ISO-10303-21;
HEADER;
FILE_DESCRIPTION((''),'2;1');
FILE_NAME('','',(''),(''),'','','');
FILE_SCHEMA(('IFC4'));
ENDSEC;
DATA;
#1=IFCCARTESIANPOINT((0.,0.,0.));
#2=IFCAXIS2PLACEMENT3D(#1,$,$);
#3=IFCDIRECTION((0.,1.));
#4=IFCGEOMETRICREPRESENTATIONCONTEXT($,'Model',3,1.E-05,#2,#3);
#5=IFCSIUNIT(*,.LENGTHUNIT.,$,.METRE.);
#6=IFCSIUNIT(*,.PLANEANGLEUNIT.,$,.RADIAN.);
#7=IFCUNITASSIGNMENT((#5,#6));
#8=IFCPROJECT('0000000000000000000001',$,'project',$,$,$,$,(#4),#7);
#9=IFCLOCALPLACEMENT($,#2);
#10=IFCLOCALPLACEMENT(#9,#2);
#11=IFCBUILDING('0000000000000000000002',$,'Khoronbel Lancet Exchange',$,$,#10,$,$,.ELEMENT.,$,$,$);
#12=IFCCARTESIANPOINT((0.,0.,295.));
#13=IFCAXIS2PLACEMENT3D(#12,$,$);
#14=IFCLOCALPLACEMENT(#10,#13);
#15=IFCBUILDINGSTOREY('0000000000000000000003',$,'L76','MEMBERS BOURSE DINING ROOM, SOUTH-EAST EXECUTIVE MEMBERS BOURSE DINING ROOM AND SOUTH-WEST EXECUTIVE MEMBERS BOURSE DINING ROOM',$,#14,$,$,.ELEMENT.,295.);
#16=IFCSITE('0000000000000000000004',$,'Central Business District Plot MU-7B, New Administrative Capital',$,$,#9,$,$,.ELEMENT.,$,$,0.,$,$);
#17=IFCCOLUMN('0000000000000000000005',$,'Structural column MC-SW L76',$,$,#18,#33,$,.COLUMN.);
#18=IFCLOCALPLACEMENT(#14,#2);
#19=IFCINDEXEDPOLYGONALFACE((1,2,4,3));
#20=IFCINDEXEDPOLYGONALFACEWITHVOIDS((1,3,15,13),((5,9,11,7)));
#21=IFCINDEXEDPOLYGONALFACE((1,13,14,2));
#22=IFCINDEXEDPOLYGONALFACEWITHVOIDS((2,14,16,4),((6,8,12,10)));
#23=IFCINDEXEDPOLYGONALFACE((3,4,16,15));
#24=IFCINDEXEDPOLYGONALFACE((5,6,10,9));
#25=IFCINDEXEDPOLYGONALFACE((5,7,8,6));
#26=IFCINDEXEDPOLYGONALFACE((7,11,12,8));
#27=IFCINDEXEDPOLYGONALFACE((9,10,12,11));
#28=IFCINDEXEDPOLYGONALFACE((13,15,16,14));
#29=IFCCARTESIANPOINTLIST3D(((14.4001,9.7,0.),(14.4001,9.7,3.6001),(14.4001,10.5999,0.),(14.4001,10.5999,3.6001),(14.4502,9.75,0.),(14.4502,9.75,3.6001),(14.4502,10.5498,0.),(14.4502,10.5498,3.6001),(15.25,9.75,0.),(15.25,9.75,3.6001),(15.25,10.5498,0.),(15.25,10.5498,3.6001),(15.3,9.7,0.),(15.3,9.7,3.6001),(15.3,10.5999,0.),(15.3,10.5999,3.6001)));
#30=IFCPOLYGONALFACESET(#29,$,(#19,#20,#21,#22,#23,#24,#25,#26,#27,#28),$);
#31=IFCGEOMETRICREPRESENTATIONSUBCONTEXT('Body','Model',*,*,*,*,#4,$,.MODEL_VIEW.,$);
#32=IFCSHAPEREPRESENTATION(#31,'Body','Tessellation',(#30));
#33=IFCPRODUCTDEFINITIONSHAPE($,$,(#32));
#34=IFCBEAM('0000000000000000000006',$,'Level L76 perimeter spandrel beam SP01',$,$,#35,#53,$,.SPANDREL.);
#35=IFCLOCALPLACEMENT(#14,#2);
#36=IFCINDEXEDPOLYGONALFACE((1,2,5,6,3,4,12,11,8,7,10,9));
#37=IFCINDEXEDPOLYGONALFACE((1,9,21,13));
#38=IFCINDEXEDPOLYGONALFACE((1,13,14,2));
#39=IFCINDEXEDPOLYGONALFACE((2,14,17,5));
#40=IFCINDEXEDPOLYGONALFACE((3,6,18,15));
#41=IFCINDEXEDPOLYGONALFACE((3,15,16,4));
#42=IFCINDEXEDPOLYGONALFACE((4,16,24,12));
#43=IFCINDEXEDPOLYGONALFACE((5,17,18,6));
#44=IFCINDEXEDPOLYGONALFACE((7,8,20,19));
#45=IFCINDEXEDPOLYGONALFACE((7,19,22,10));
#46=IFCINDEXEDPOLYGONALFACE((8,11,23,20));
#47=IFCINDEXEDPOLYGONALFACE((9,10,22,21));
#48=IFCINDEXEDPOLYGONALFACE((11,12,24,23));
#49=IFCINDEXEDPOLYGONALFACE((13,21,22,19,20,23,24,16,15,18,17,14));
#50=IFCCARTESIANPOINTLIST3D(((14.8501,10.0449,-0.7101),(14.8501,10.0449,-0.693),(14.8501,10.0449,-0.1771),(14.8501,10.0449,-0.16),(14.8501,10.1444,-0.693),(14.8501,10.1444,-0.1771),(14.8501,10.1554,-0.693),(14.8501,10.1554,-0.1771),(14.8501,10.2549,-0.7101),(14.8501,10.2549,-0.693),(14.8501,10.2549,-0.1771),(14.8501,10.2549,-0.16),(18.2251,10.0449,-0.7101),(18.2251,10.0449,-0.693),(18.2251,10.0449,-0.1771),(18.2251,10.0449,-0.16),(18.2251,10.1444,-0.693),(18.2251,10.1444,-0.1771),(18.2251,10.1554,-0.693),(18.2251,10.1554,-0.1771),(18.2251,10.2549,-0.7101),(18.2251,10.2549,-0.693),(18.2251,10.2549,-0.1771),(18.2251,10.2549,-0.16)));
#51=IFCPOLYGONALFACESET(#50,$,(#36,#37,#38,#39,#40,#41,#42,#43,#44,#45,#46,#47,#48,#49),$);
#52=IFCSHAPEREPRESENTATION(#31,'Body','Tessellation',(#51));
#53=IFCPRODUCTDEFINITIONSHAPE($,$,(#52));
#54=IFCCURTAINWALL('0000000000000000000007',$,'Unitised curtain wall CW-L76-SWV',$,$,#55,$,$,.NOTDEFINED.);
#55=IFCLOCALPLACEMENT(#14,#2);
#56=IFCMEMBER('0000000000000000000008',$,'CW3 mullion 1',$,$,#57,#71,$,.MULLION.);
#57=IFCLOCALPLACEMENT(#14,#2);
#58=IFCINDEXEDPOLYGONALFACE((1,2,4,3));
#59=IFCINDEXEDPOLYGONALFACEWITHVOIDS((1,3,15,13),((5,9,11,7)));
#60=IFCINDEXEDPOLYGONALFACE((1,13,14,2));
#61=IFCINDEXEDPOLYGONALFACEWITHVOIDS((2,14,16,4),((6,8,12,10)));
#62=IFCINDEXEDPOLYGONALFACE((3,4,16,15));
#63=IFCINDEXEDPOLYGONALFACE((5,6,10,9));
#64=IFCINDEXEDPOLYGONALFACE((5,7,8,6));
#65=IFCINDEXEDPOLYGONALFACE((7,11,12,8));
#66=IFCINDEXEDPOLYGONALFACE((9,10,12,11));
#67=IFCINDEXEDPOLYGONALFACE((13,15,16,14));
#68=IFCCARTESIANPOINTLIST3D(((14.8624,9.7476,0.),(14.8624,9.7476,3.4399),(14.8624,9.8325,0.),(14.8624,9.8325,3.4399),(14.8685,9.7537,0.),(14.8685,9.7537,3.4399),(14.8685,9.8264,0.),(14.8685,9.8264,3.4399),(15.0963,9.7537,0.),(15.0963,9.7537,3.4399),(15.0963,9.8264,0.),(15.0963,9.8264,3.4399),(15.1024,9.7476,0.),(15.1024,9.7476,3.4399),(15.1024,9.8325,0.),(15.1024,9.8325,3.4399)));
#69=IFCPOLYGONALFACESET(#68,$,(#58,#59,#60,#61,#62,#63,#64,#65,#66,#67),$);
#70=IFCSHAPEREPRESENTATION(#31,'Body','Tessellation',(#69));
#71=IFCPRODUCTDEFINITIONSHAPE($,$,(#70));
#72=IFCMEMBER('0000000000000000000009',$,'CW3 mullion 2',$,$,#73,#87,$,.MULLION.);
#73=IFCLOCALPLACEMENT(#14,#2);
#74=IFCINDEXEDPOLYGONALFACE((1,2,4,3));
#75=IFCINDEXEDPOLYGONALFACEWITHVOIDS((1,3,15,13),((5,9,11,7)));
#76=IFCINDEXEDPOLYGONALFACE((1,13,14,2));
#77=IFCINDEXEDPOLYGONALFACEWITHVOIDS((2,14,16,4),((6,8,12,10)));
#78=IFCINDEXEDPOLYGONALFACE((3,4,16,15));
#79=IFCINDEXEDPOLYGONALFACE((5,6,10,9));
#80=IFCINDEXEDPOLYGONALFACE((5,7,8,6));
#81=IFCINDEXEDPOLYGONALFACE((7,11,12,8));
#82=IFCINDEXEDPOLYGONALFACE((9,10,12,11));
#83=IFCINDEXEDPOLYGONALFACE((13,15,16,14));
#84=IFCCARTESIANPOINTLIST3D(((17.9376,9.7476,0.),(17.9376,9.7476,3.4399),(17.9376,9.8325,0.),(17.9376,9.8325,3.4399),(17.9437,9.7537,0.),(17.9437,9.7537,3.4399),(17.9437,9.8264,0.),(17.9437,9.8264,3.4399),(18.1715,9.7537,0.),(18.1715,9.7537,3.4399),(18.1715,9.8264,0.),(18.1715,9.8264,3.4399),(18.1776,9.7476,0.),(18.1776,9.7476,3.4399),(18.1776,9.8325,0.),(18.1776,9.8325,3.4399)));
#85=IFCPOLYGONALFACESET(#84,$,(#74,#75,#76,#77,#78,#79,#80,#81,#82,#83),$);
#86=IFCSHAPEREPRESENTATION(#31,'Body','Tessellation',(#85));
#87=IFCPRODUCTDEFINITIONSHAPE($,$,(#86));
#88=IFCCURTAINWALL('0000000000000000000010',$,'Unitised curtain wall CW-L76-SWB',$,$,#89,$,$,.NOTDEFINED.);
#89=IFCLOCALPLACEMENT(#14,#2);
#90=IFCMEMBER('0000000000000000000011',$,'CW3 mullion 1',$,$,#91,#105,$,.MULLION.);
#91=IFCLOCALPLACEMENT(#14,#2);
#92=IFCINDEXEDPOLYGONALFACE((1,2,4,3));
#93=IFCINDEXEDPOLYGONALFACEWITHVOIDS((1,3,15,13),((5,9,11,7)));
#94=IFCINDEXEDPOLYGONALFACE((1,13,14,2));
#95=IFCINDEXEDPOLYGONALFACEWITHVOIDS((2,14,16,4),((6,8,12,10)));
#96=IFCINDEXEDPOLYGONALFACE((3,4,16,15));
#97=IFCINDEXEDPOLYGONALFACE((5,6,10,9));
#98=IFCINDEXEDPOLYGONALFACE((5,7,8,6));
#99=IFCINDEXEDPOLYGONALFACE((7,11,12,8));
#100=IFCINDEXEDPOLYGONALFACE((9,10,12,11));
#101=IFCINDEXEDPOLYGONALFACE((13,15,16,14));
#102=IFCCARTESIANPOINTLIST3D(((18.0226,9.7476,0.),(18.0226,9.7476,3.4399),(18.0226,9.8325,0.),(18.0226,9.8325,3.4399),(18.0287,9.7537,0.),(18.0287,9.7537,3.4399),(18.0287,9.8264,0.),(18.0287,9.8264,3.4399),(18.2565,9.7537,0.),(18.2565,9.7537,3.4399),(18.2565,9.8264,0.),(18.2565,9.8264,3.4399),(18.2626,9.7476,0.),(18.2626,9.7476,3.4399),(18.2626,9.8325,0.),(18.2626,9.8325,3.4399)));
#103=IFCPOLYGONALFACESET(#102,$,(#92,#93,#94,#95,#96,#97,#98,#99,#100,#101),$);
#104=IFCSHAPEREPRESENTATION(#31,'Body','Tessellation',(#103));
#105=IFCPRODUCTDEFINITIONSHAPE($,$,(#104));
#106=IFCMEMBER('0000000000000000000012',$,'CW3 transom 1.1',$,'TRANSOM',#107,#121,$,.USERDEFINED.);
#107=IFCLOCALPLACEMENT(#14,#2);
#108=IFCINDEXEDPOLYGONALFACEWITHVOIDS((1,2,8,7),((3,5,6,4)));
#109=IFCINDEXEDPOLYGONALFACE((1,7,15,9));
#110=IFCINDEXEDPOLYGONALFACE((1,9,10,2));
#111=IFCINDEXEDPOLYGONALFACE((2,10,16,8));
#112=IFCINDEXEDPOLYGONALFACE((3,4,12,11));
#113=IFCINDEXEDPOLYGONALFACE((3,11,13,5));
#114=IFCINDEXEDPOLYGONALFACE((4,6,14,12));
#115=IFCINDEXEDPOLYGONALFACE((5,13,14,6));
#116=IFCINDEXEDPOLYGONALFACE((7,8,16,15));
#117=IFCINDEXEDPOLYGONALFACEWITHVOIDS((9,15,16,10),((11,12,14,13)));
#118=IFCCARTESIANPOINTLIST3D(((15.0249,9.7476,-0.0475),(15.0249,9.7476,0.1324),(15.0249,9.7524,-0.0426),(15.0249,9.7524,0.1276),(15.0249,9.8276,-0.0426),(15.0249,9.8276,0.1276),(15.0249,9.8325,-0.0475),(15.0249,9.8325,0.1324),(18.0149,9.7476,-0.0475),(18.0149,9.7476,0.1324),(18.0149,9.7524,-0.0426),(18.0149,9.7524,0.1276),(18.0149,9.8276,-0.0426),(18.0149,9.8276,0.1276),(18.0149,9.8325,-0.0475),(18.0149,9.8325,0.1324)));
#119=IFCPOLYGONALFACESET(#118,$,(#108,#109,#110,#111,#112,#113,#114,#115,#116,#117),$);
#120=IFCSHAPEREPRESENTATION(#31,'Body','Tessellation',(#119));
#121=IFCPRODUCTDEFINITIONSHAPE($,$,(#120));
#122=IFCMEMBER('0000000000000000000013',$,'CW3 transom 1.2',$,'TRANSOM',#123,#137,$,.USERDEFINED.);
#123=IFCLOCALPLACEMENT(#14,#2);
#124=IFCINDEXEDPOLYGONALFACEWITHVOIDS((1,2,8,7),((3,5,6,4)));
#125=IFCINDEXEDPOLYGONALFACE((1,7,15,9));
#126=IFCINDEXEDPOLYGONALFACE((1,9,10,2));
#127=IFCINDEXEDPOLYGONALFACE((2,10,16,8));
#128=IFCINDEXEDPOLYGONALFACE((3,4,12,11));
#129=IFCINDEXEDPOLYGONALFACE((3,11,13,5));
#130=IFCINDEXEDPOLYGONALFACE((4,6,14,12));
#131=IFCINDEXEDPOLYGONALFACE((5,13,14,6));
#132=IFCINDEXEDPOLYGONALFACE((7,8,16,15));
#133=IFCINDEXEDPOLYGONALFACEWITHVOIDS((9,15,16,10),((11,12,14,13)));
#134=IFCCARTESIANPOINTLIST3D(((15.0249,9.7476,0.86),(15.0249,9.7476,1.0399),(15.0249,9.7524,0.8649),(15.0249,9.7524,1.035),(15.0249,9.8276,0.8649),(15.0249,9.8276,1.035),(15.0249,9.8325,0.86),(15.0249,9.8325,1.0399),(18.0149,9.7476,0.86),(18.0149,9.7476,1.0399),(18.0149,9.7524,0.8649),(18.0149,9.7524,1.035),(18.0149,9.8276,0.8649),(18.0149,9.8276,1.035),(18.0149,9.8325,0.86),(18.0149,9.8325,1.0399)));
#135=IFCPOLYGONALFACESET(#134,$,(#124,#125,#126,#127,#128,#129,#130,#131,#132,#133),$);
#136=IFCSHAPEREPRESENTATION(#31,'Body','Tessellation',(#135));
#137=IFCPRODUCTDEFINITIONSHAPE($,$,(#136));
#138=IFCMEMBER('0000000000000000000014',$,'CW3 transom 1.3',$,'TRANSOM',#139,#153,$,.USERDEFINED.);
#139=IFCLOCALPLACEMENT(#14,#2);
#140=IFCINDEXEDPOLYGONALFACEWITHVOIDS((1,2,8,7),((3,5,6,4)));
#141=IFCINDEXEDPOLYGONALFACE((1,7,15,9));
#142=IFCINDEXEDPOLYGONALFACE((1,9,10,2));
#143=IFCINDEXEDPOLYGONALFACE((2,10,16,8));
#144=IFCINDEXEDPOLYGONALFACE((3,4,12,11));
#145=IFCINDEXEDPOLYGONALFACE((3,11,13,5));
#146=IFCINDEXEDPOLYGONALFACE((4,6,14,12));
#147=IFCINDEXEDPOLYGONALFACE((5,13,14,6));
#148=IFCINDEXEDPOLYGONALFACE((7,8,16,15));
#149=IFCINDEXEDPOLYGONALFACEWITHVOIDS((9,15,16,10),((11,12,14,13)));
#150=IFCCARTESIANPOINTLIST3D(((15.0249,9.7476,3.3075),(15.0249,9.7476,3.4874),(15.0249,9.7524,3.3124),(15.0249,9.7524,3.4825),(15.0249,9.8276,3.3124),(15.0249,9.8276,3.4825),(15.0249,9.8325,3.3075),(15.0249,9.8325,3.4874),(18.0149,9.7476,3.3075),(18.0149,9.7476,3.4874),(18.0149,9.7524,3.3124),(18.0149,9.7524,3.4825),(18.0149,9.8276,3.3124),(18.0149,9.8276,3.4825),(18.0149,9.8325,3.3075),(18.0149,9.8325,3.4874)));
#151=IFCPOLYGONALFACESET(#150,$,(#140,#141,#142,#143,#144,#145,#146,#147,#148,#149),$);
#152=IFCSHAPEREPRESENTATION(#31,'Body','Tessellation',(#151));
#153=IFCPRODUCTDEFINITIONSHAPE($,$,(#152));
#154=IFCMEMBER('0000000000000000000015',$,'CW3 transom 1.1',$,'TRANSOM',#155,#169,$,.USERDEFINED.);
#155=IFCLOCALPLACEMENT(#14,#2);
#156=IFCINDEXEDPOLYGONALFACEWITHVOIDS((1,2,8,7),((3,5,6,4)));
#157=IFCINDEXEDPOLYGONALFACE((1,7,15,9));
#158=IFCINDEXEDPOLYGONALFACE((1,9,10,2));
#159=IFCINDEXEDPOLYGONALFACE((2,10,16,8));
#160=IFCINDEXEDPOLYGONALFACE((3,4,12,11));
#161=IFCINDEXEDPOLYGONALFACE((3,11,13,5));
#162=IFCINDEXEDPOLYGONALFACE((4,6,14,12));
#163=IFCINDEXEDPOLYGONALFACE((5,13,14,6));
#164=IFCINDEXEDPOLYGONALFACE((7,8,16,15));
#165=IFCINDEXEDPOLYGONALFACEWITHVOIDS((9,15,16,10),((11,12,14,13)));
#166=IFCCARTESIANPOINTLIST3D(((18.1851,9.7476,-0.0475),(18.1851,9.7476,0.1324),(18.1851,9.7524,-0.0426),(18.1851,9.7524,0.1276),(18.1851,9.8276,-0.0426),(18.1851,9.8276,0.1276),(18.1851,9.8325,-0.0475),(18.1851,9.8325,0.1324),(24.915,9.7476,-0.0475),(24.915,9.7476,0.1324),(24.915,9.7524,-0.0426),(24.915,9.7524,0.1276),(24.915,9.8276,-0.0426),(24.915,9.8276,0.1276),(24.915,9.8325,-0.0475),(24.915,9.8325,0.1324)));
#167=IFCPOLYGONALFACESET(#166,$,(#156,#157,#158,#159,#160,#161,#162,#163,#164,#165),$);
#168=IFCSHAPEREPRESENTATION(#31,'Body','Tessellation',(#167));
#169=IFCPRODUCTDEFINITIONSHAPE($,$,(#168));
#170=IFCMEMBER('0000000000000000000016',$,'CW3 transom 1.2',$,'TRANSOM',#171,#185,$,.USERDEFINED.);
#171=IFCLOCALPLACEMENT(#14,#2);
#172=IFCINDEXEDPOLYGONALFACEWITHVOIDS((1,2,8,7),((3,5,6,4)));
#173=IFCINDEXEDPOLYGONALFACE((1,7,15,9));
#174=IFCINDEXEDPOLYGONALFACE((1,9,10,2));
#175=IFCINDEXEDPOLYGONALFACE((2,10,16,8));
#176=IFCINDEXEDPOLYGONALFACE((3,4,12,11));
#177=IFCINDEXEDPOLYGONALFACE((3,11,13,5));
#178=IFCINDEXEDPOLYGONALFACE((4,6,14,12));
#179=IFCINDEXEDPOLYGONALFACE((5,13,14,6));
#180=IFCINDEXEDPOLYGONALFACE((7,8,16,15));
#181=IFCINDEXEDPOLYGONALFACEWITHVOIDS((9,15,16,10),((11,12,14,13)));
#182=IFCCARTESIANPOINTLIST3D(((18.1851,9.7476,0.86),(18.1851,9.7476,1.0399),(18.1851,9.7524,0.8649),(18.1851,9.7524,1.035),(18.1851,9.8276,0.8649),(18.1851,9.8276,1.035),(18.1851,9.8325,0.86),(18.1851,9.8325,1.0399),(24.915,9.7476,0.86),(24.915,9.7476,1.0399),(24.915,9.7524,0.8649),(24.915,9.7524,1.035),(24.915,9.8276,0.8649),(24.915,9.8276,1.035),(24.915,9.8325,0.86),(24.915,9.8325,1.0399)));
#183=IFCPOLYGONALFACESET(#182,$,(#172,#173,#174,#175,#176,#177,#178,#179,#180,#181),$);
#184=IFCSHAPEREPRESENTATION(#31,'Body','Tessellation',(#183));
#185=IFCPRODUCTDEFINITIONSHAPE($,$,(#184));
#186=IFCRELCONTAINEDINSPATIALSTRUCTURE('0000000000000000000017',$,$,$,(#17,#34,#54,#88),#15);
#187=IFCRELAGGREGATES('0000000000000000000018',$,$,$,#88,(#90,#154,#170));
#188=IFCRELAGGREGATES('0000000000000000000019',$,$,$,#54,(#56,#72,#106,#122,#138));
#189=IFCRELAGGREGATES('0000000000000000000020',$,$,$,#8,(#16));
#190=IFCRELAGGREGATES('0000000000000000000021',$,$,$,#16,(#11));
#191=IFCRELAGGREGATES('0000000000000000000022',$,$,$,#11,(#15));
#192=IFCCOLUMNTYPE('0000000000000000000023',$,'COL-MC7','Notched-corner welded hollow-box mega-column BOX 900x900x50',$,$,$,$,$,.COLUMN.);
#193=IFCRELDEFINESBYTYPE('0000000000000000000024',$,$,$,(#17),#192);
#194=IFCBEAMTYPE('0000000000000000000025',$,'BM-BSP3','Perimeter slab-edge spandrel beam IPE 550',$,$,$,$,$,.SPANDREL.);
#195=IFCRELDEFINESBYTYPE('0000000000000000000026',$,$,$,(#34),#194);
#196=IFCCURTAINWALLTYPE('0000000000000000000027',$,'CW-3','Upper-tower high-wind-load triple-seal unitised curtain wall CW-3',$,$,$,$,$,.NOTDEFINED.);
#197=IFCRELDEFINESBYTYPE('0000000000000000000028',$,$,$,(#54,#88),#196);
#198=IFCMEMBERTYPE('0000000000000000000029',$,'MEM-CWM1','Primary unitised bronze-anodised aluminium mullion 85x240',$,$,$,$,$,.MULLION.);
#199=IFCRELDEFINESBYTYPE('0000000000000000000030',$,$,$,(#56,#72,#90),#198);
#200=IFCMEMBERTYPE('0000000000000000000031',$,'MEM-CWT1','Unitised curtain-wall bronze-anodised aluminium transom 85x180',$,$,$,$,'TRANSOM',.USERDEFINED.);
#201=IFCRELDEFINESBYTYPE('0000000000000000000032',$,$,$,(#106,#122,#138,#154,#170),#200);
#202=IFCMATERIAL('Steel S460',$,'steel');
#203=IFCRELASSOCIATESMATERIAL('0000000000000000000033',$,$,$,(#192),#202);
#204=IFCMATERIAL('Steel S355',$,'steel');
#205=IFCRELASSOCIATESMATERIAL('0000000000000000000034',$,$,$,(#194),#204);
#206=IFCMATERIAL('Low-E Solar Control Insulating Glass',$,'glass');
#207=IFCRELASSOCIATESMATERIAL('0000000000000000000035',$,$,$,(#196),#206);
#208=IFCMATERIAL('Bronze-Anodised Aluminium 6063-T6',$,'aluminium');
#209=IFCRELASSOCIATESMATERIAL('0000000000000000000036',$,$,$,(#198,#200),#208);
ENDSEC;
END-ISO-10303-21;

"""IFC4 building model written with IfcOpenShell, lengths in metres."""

from ifc_helpers import new_model, si_unit, direction, frame, origin, origin_2d, place, context, subcontext, project, spatial, hollow_rectangle, i_section, extrude, material, material_profile, profile_set, type_object, element, aggregate, save


model = new_model("IFC4")

# Units and contexts
model_context = context("Model", 3, precision=1e-05, world=origin(), true_north=direction((0.0, 1.0)))
body_context = subcontext(model_context, "Body", "Model", "MODEL_VIEW")
ifc_project = project(units=[si_unit("LENGTHUNIT", "METRE"), si_unit("PLANEANGLEUNIT", "RADIAN")], contexts=[model_context])

# Site, building, storey
site_placement = place(None, origin())
site = spatial("IfcSite", under=ifc_project, at=site_placement, Name="Central Business District Plot MU-7B, New Administrative Capital", CompositionType="ELEMENT", RefElevation=0.0)
building_placement = place(site_placement, origin())
building = spatial("IfcBuilding", under=site, at=building_placement, Name="Khoronbel Lancet Exchange", CompositionType="ELEMENT")
storey_placement = place(building_placement, frame((0.0, 0.0, 295.0)))
storey = spatial("IfcBuildingStorey", under=building, at=storey_placement, Name="L76", Description="MEMBERS BOURSE DINING ROOM, SOUTH-EAST EXECUTIVE MEMBERS BOURSE DINING ROOM AND SOUTH-WEST EXECUTIVE MEMBERS BOURSE DINING ROOM", CompositionType="ELEMENT", Elevation=295.0)

# Column
ifc_material_1 = material(Name="Steel S460", Category="steel")
ifc_material_profile_1 = material_profile(ifc_material_1, hollow_rectangle(XDim=0.8999, YDim=0.8999, WallThickness=0.05, at=origin_2d()), Name="BOX 900x900x50")
ifc_profile_set_1 = profile_set([ifc_material_profile_1], Name="Steel S460")
column_type = type_object("IfcColumnType", Name="COL-MC7", Description="Notched-corner welded hollow-box mega-column BOX 900x900x50", PredefinedType="COLUMN", material=ifc_profile_set_1)
column_placement = place(storey_placement, frame((14.8501, 10.1499, 0.0), z_axis=(0.0, 0.0, 1.0), x_axis=(1.0, 0.0, 0.0)))
element("IfcColumn", 1, at=column_placement, inside=storey, type_object=column_type, Name="Structural column MC-SW L76", PredefinedType="COLUMN", context=body_context, shape_type="SweptSolid", body=[
    extrude(hollow_rectangle(XDim=0.8999, YDim=0.8999, WallThickness=0.05, at=origin_2d()), origin(), (0.0, 0.0, 1.0), 3.6001),
])

# Beam
ifc_material_2 = material(Name="Steel S355", Category="steel")
ifc_material_profile_2 = material_profile(ifc_material_2, i_section(OverallWidth=0.21, OverallDepth=0.55, WebThickness=0.011, FlangeThickness=0.0171, at=origin_2d()), Name="IPE 550")
ifc_profile_set_2 = profile_set([ifc_material_profile_2], Name="Steel S355")
beam_type = type_object("IfcBeamType", Name="BM-BSP3", Description="Perimeter slab-edge spandrel beam IPE 550", PredefinedType="SPANDREL", material=ifc_profile_set_2)
beam_placement = place(storey_placement, frame((14.8501, 10.1499, -0.4351), z_axis=(1.0, 0.0, 0.0), x_axis=(0.0, 1.0, 0.0)))
element("IfcBeam", 2, at=beam_placement, inside=storey, type_object=beam_type, Name="Level L76 perimeter spandrel beam SP01", PredefinedType="SPANDREL", context=body_context, shape_type="SweptSolid", body=[
    extrude(i_section(OverallWidth=0.21, OverallDepth=0.55, WebThickness=0.011, FlangeThickness=0.0171, at=origin_2d()), origin(), (0.0, 0.0, 1.0), 3.375),
])

# Curtain wall, members
ifc_material_3 = material(Name="Low-E Solar Control Insulating Glass", Category="glass")
curtain_wall_type = type_object("IfcCurtainWallType", Name="CW-3", Description="Upper-tower high-wind-load triple-seal unitised curtain wall CW-3", PredefinedType="NOTDEFINED", material=ifc_material_3)
curtain_wall_1_placement = place(storey_placement, origin())
curtain_wall_1 = element("IfcCurtainWall", 3, at=curtain_wall_1_placement, inside=storey, type_object=curtain_wall_type, Name="Unitised curtain wall CW-L76-SWV", PredefinedType="NOTDEFINED")
ifc_material_4 = material(Name="Bronze-Anodised Aluminium 6063-T6", Category="aluminium")
ifc_material_profile_3 = material_profile(ifc_material_4, hollow_rectangle(XDim=0.085, YDim=0.24, WallThickness=0.0061, at=origin_2d()), Name="ALU MULLION 85x240")
ifc_profile_set_3 = profile_set([ifc_material_profile_3], Name="Bronze-Anodised Aluminium 6063-T6")
member_type_1 = type_object("IfcMemberType", Name="MEM-CWM1", Description="Primary unitised bronze-anodised aluminium mullion 85x240", PredefinedType="MULLION", material=ifc_profile_set_3)
member_1_placement = place(storey_placement, frame((14.9824, 9.79, 0.0), z_axis=(0.0, 0.0, 1.0), x_axis=(0.0, 1.0, 0.0)))
member_1 = element("IfcMember", 4, at=member_1_placement, type_object=member_type_1, Name="CW3 mullion 1", PredefinedType="MULLION", context=body_context, shape_type="SweptSolid", body=[
    extrude(hollow_rectangle(XDim=0.085, YDim=0.24, WallThickness=0.0061, at=origin_2d()), origin(), (0.0, 0.0, 1.0), 3.4399),
])
member_2_placement = place(storey_placement, frame((18.0576, 9.79, 0.0), z_axis=(0.0, 0.0, 1.0), x_axis=(0.0, 1.0, 0.0)))
member_2 = element("IfcMember", 5, at=member_2_placement, type_object=member_type_1, Name="CW3 mullion 2", PredefinedType="MULLION", context=body_context, shape_type="SweptSolid", body=[
    extrude(hollow_rectangle(XDim=0.085, YDim=0.24, WallThickness=0.0061, at=origin_2d()), origin(), (0.0, 0.0, 1.0), 3.4399),
])

# Curtain wall, member
curtain_wall_2_placement = place(storey_placement, origin())
curtain_wall_2 = element("IfcCurtainWall", 6, at=curtain_wall_2_placement, inside=storey, type_object=curtain_wall_type, Name="Unitised curtain wall CW-L76-SWB", PredefinedType="NOTDEFINED")
member_3_placement = place(storey_placement, frame((18.1426, 9.79, 0.0), z_axis=(0.0, 0.0, 1.0), x_axis=(0.0, 1.0, 0.0)))
member_3 = element("IfcMember", 7, at=member_3_placement, type_object=member_type_1, Name="CW3 mullion 1", PredefinedType="MULLION", context=body_context, shape_type="SweptSolid", body=[
    extrude(hollow_rectangle(XDim=0.085, YDim=0.24, WallThickness=0.0061, at=origin_2d()), origin(), (0.0, 0.0, 1.0), 3.4399),
])

# Members
ifc_material_profile_4 = material_profile(ifc_material_4, hollow_rectangle(XDim=0.085, YDim=0.1799, WallThickness=0.0049, at=origin_2d()), Name="ALU TRANSOM 85x180")
ifc_profile_set_4 = profile_set([ifc_material_profile_4], Name="Bronze-Anodised Aluminium 6063-T6")
member_type_2 = type_object("IfcMemberType", Name="MEM-CWT1", Description="Unitised curtain-wall bronze-anodised aluminium transom 85x180", ElementType="TRANSOM", PredefinedType="USERDEFINED", material=ifc_profile_set_4)
member_4_placement = place(storey_placement, frame((15.0249, 9.79, 0.0425), z_axis=(1.0, 0.0, 0.0), x_axis=(0.0, 1.0, 0.0)))
member_4 = element("IfcMember", 8, at=member_4_placement, type_object=member_type_2, Name="CW3 transom 1.1", ObjectType="TRANSOM", PredefinedType="USERDEFINED", context=body_context, shape_type="SweptSolid", body=[
    extrude(hollow_rectangle(XDim=0.085, YDim=0.1799, WallThickness=0.0049, at=origin_2d()), origin(), (0.0, 0.0, 1.0), 2.99),
])
member_5_placement = place(storey_placement, frame((15.0249, 9.79, 0.95), z_axis=(1.0, 0.0, 0.0), x_axis=(0.0, 1.0, 0.0)))
member_5 = element("IfcMember", 9, at=member_5_placement, type_object=member_type_2, Name="CW3 transom 1.2", ObjectType="TRANSOM", PredefinedType="USERDEFINED", context=body_context, shape_type="SweptSolid", body=[
    extrude(hollow_rectangle(XDim=0.085, YDim=0.1799, WallThickness=0.0049, at=origin_2d()), origin(), (0.0, 0.0, 1.0), 2.99),
])
member_6_placement = place(storey_placement, frame((15.0249, 9.79, 3.3975), z_axis=(1.0, 0.0, 0.0), x_axis=(0.0, 1.0, 0.0)))
member_6 = element("IfcMember", 10, at=member_6_placement, type_object=member_type_2, Name="CW3 transom 1.3", ObjectType="TRANSOM", PredefinedType="USERDEFINED", context=body_context, shape_type="SweptSolid", body=[
    extrude(hollow_rectangle(XDim=0.085, YDim=0.1799, WallThickness=0.0049, at=origin_2d()), origin(), (0.0, 0.0, 1.0), 2.99),
])
member_7_placement = place(storey_placement, frame((18.1851, 9.79, 0.0425), z_axis=(1.0, 0.0, 0.0), x_axis=(0.0, 1.0, 0.0)))
member_7 = element("IfcMember", 11, at=member_7_placement, type_object=member_type_2, Name="CW3 transom 1.1", ObjectType="TRANSOM", PredefinedType="USERDEFINED", context=body_context, shape_type="SweptSolid", body=[
    extrude(hollow_rectangle(XDim=0.085, YDim=0.1799, WallThickness=0.0049, at=origin_2d()), origin(), (0.0, 0.0, 1.0), 6.73),
])
member_8_placement = place(storey_placement, frame((18.1851, 9.79, 0.95), z_axis=(1.0, 0.0, 0.0), x_axis=(0.0, 1.0, 0.0)))
member_8 = element("IfcMember", 12, at=member_8_placement, type_object=member_type_2, Name="CW3 transom 1.2", ObjectType="TRANSOM", PredefinedType="USERDEFINED", context=body_context, shape_type="SweptSolid", body=[
    extrude(hollow_rectangle(XDim=0.085, YDim=0.1799, WallThickness=0.0049, at=origin_2d()), origin(), (0.0, 0.0, 1.0), 6.73),
])
aggregate(curtain_wall_2, [member_3, member_7, member_8])

aggregate(curtain_wall_1, [member_1, member_2, member_4, member_5, member_6])

save(model, "model.ifc")
